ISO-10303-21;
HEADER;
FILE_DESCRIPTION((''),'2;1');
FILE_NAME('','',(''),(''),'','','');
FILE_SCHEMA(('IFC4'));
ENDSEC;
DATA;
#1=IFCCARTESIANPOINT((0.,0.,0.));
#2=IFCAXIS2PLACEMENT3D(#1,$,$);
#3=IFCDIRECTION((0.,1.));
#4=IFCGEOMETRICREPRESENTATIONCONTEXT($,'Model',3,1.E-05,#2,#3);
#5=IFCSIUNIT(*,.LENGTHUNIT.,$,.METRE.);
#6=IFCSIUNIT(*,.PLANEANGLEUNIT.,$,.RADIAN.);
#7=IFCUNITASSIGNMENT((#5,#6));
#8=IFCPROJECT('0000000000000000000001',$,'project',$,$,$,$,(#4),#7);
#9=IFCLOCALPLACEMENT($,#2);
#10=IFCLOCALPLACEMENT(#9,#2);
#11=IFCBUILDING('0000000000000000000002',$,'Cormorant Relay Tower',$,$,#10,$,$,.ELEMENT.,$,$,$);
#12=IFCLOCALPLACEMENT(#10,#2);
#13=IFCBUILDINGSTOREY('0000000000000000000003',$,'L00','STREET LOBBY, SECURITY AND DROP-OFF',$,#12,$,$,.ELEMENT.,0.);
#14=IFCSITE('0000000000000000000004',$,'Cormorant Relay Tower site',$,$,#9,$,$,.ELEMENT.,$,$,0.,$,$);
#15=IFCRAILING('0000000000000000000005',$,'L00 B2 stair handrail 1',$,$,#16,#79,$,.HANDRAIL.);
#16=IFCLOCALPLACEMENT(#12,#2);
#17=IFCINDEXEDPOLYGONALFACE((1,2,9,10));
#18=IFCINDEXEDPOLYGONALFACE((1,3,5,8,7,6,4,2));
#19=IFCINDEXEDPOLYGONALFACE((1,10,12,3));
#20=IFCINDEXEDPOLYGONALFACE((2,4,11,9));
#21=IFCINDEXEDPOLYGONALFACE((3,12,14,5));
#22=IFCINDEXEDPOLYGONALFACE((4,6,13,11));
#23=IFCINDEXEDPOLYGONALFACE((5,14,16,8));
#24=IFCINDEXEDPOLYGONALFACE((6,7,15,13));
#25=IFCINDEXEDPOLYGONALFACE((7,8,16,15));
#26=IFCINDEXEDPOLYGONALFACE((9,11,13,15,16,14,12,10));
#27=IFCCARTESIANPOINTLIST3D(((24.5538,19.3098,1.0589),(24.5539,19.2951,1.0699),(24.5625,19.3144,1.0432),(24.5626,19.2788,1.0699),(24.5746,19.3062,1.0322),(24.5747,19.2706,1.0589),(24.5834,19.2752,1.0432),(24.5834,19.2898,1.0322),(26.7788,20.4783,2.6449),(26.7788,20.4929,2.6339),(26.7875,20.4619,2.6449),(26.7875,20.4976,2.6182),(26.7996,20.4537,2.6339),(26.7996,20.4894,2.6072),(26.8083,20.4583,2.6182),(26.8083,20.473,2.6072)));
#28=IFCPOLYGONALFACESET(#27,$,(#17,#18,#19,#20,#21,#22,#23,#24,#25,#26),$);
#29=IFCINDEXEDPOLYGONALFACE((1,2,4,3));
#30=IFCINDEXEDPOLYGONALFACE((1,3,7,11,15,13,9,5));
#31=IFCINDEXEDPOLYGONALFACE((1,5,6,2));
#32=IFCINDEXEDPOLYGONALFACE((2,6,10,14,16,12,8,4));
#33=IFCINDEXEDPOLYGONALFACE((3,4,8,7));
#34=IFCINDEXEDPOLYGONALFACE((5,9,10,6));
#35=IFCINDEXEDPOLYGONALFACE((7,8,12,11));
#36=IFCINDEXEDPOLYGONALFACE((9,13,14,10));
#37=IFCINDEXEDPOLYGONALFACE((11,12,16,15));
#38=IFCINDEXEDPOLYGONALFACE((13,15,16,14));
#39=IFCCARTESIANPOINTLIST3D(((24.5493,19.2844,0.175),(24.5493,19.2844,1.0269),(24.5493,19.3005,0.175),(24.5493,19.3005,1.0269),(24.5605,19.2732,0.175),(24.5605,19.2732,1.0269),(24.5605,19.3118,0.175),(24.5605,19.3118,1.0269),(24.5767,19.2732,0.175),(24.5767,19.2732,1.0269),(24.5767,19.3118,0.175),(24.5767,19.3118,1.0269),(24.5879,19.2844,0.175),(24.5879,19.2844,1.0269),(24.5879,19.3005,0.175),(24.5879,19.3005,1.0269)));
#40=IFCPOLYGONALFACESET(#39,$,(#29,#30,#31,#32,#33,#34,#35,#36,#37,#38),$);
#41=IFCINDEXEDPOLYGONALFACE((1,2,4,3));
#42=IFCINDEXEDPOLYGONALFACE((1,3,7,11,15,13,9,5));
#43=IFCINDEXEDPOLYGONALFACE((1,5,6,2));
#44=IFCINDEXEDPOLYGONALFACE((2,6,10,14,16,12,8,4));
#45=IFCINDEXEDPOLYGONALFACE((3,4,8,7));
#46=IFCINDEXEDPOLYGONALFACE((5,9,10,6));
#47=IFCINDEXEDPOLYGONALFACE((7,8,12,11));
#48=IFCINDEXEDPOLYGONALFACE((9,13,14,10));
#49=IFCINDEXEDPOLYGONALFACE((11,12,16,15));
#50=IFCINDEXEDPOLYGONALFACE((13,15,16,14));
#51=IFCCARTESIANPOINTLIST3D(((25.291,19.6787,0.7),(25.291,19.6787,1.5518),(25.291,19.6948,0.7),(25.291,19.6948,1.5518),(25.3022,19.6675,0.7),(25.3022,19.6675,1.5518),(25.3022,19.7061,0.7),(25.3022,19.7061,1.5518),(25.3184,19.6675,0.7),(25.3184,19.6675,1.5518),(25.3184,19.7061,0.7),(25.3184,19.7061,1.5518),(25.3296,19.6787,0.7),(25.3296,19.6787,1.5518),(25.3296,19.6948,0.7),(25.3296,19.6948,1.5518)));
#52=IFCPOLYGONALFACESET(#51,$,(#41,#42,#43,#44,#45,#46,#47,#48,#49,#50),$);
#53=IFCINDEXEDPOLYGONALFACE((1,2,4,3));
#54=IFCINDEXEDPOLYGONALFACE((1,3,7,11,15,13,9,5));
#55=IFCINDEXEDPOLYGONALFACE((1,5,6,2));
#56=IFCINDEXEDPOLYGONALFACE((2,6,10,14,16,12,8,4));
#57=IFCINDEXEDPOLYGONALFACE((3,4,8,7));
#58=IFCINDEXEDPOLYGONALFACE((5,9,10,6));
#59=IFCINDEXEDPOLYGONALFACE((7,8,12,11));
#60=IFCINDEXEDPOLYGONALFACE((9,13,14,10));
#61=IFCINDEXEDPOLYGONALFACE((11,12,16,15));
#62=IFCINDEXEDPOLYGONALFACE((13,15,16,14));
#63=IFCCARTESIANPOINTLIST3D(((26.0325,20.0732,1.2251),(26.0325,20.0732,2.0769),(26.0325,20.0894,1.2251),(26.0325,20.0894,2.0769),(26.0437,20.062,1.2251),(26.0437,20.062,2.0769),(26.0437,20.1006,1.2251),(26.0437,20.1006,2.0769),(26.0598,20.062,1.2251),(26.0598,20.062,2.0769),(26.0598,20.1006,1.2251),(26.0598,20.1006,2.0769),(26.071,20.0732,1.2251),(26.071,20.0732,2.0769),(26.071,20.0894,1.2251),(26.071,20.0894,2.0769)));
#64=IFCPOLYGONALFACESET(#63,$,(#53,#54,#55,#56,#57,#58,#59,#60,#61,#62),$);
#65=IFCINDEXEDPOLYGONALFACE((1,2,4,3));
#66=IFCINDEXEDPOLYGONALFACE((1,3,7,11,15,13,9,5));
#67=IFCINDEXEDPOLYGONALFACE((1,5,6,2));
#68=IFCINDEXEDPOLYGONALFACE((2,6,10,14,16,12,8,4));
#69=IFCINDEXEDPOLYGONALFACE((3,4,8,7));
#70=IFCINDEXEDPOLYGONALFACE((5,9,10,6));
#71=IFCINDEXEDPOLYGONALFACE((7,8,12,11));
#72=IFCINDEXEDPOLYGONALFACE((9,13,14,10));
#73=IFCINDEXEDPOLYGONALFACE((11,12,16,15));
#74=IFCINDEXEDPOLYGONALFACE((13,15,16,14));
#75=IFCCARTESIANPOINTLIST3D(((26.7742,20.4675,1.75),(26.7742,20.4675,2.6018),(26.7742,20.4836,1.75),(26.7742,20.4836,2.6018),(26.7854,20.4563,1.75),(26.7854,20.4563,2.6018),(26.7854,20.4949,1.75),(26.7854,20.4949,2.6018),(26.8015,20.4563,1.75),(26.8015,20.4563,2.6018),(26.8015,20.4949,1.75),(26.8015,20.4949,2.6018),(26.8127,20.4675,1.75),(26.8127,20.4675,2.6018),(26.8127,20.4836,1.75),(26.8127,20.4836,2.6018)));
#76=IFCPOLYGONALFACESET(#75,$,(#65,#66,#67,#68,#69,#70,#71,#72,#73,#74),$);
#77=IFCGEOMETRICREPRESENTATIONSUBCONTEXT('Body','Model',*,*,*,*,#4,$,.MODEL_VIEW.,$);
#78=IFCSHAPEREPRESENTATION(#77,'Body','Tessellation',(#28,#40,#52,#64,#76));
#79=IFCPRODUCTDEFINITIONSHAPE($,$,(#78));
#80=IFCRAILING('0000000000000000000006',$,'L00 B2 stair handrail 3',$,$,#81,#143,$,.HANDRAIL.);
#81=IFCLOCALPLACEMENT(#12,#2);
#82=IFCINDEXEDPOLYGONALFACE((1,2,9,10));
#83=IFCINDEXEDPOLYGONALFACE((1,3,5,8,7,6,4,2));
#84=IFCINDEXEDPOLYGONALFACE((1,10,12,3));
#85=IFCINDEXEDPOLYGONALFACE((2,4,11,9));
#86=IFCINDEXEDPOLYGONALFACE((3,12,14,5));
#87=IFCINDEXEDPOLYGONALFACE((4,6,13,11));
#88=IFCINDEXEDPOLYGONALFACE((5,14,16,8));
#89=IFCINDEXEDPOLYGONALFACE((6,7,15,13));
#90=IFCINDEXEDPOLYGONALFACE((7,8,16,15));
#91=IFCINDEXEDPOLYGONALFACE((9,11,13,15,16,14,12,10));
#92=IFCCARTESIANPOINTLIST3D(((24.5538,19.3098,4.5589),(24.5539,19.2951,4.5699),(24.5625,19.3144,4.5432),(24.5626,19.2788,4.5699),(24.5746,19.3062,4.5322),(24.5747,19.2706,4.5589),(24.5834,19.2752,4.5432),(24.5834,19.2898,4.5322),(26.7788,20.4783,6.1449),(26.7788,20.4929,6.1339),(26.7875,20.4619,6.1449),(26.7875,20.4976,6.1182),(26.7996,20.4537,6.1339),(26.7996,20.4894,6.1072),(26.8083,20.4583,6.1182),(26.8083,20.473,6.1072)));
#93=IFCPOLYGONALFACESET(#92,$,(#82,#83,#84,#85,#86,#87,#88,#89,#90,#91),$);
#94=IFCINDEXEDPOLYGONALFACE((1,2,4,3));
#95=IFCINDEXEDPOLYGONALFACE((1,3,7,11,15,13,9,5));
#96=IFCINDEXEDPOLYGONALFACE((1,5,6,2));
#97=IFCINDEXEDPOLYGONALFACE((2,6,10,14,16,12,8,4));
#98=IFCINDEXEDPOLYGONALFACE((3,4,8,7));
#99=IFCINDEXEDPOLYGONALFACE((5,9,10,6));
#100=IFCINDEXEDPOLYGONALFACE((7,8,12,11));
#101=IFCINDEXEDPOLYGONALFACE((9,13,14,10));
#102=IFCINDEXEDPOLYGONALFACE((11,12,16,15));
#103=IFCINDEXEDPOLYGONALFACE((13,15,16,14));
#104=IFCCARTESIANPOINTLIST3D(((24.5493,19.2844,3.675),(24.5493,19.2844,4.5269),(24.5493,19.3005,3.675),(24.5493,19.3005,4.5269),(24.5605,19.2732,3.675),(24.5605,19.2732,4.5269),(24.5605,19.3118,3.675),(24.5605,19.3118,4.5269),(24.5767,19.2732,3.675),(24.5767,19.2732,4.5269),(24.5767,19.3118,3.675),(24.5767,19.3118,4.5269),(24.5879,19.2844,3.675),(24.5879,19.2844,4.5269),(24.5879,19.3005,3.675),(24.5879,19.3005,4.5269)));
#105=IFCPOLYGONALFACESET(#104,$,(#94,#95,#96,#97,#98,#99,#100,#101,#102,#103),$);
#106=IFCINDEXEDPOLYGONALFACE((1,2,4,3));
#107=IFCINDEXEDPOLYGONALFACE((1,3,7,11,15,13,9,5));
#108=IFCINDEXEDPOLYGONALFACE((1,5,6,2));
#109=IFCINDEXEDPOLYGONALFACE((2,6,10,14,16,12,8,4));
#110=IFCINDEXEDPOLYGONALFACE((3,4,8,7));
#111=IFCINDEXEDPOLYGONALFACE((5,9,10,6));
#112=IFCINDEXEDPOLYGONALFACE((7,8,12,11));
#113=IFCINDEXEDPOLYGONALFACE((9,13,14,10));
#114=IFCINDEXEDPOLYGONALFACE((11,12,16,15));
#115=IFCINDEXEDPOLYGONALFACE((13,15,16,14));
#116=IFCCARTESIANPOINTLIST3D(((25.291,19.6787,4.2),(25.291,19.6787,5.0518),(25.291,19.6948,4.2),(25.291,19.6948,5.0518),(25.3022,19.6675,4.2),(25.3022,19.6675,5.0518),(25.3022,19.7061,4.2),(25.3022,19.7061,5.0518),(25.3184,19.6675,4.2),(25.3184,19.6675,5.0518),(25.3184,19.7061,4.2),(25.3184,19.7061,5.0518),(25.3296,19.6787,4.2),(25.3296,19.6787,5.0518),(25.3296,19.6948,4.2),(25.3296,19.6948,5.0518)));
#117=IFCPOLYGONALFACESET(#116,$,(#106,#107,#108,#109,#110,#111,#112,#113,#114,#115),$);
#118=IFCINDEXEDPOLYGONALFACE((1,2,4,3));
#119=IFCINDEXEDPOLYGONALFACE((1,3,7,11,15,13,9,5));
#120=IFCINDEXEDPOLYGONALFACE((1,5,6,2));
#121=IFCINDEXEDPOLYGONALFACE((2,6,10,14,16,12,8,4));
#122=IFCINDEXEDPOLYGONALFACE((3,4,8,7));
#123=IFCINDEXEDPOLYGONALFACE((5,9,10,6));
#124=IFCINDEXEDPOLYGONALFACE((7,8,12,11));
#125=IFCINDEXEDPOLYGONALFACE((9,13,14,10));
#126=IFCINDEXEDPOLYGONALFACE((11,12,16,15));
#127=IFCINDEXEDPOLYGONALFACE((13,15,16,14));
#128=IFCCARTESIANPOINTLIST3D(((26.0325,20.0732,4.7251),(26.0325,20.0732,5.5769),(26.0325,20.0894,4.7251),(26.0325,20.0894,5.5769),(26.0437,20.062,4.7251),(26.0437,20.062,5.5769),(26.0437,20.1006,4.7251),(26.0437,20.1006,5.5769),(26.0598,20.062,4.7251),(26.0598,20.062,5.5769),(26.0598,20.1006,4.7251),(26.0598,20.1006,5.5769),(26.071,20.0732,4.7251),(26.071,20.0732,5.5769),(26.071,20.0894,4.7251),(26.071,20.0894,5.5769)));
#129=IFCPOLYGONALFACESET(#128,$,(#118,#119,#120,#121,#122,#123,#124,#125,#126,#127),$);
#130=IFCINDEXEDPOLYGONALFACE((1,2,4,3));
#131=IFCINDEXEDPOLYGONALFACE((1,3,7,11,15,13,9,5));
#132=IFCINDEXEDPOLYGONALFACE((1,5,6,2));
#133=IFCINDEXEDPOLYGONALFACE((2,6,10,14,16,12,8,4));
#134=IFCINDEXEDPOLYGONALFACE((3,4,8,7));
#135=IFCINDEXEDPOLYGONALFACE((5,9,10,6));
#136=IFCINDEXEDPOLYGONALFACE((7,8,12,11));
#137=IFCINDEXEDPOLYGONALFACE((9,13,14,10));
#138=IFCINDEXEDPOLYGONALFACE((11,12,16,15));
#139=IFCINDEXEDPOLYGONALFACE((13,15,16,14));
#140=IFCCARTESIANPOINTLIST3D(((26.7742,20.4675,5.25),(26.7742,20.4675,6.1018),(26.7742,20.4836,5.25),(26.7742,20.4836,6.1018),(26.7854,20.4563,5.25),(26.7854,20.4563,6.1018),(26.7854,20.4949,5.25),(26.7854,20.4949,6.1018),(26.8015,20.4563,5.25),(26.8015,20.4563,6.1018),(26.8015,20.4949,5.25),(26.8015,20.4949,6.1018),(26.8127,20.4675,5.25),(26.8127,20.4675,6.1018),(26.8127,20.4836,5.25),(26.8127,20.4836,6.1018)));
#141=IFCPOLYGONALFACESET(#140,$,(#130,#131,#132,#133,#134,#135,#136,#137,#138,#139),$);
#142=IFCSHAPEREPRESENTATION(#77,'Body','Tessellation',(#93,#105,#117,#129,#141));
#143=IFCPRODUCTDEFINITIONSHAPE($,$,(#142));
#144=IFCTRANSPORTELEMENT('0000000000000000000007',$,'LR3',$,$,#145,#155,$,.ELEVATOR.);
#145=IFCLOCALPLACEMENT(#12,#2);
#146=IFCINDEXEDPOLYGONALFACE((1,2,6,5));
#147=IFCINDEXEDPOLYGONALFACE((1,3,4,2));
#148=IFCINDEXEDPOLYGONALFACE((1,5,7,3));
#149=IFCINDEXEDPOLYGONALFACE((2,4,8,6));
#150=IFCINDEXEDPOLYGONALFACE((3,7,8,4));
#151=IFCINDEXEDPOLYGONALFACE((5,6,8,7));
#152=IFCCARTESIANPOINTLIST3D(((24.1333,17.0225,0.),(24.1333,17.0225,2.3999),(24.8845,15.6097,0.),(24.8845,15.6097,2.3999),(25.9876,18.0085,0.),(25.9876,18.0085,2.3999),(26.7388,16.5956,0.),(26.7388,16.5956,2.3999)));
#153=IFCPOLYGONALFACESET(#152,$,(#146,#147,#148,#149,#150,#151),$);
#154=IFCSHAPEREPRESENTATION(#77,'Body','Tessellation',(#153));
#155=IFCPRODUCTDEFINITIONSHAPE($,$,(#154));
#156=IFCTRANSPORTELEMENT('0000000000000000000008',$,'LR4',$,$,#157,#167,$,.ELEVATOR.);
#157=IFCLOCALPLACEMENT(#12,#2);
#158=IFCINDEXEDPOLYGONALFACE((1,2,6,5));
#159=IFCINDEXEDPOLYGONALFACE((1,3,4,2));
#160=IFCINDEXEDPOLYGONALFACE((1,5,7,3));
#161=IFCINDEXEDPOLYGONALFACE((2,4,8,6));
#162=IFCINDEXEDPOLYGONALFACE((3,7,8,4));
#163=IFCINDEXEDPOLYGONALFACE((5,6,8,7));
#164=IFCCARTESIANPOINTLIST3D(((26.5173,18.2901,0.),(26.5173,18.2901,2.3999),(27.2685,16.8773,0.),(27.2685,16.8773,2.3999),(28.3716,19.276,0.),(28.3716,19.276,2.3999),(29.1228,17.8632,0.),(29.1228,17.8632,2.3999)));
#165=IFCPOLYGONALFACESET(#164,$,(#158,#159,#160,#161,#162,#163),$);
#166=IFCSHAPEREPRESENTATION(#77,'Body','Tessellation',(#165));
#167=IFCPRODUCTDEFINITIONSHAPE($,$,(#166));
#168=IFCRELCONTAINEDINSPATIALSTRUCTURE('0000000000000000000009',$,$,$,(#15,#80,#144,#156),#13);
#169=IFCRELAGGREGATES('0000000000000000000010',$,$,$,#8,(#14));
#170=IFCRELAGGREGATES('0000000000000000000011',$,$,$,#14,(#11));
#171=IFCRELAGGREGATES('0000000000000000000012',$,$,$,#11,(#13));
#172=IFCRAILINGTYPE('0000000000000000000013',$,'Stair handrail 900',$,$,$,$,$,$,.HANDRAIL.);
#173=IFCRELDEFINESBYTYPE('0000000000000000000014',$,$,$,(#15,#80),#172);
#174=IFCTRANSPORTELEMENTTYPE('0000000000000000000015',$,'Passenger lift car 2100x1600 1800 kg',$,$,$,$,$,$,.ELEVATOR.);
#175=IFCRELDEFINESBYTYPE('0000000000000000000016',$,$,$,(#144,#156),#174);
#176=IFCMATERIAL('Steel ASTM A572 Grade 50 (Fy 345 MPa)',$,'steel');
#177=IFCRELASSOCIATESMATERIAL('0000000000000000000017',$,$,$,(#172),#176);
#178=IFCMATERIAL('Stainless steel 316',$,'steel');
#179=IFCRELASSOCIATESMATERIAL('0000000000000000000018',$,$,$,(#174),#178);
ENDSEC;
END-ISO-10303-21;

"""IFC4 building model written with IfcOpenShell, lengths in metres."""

from ifc_helpers import new_model, si_unit, direction, frame, origin, origin_2d, place, context, subcontext, project, spatial, polyline, rectangle, outline, extrude, material, type_object, element, save


model = new_model("IFC4")

# Units and contexts
model_context = context("Model", 3, precision=1e-05, world=origin(), true_north=direction((0.0, 1.0)))
body_context = subcontext(model_context, "Body", "Model", "MODEL_VIEW")
ifc_project = project(units=[si_unit("LENGTHUNIT", "METRE"), si_unit("PLANEANGLEUNIT", "RADIAN")], contexts=[model_context])

# Site, building, storey
site_placement = place(None, origin())
site = spatial("IfcSite", under=ifc_project, at=site_placement, Name="Cormorant Relay Tower site", CompositionType="ELEMENT", RefElevation=0.0)
building_placement = place(site_placement, origin())
building = spatial("IfcBuilding", under=site, at=building_placement, Name="Cormorant Relay Tower", CompositionType="ELEMENT")
storey_placement = place(building_placement, origin())
storey = spatial("IfcBuildingStorey", under=building, at=storey_placement, Name="L00", Description="STREET LOBBY, SECURITY AND DROP-OFF", CompositionType="ELEMENT", Elevation=0.0)

# Railings
ifc_material_1 = material(Name="Steel ASTM A572 Grade 50 (Fy 345 MPa)", Category="steel")
railing_type_1 = type_object("IfcRailingType", Name="Stair handrail 900", PredefinedType="HANDRAIL", material=ifc_material_1)
railing_1_placement = place(storey_placement, frame((24.5686, 19.2925, 0.175)))
element("IfcRailing", 1, at=railing_1_placement, inside=storey, type_object=railing_type_1, Name="L00 B2 stair handrail 1", PredefinedType="HANDRAIL", context=body_context, shape_type="SweptSolid", body=[
    extrude(outline(polyline([(0.0222, 0.0093), (0.0093, 0.0222), (-0.0093, 0.0222), (-0.0222, 0.0093), (-0.0222, -0.0093), (-0.0093, -0.0222), (0.0093, -0.0222), (0.0222, -0.0093), (0.0222, 0.0093)])), frame((0.0, 0.0, 0.876), z_axis=(0.748715, 0.398143, 0.530008), x_axis=(-0.469512, 0.882926, 0.0)), (0.0, 0.0, 1.0), 2.9717),
    extrude(outline(polyline([(0.0193, 0.0081), (0.0081, 0.0193), (-0.0081, 0.0193), (-0.0193, 0.0081), (-0.0193, -0.0081), (-0.0081, -0.0193), (0.0081, -0.0193), (0.0193, -0.0081), (0.0193, 0.0081)])), origin(), (0.0, 0.0, 1.0), 0.8518),
    extrude(outline(polyline([(0.0193, 0.0081), (0.0081, 0.0193), (-0.0081, 0.0193), (-0.0193, 0.0081), (-0.0193, -0.0081), (-0.0081, -0.0193), (0.0081, -0.0193), (0.0193, -0.0081), (0.0193, 0.0081)])), frame((0.7417, 0.3943, 0.5249)), (0.0, 0.0, 1.0), 0.8518),
    extrude(outline(polyline([(0.0193, 0.0081), (0.0081, 0.0193), (-0.0081, 0.0193), (-0.0193, 0.0081), (-0.0193, -0.0081), (-0.0081, -0.0193), (0.0081, -0.0193), (0.0193, -0.0081), (0.0193, 0.0081)])), frame((1.4832, 0.7888, 1.05)), (0.0, 0.0, 1.0), 0.8518),
    extrude(outline(polyline([(0.0193, 0.0081), (0.0081, 0.0193), (-0.0081, 0.0193), (-0.0193, 0.0081), (-0.0193, -0.0081), (-0.0081, -0.0193), (0.0081, -0.0193), (0.0193, -0.0081), (0.0193, 0.0081)])), frame((2.2249, 1.1831, 1.575)), (0.0, 0.0, 1.0), 0.8518),
])
railing_2_placement = place(storey_placement, frame((24.5686, 19.2925, 3.675)))
element("IfcRailing", 2, at=railing_2_placement, inside=storey, type_object=railing_type_1, Name="L00 B2 stair handrail 3", PredefinedType="HANDRAIL", context=body_context, shape_type="SweptSolid", body=[
    extrude(outline(polyline([(0.0222, 0.0093), (0.0093, 0.0222), (-0.0093, 0.0222), (-0.0222, 0.0093), (-0.0222, -0.0093), (-0.0093, -0.0222), (0.0093, -0.0222), (0.0222, -0.0093), (0.0222, 0.0093)])), frame((0.0, 0.0, 0.876), z_axis=(0.748715, 0.398143, 0.530008), x_axis=(-0.469512, 0.882926, 0.0)), (0.0, 0.0, 1.0), 2.9717),
    extrude(outline(polyline([(0.0193, 0.0081), (0.0081, 0.0193), (-0.0081, 0.0193), (-0.0193, 0.0081), (-0.0193, -0.0081), (-0.0081, -0.0193), (0.0081, -0.0193), (0.0193, -0.0081), (0.0193, 0.0081)])), origin(), (0.0, 0.0, 1.0), 0.8518),
    extrude(outline(polyline([(0.0193, 0.0081), (0.0081, 0.0193), (-0.0081, 0.0193), (-0.0193, 0.0081), (-0.0193, -0.0081), (-0.0081, -0.0193), (0.0081, -0.0193), (0.0193, -0.0081), (0.0193, 0.0081)])), frame((0.7417, 0.3943, 0.5249)), (0.0, 0.0, 1.0), 0.8518),
    extrude(outline(polyline([(0.0193, 0.0081), (0.0081, 0.0193), (-0.0081, 0.0193), (-0.0193, 0.0081), (-0.0193, -0.0081), (-0.0081, -0.0193), (0.0081, -0.0193), (0.0193, -0.0081), (0.0193, 0.0081)])), frame((1.4832, 0.7888, 1.05)), (0.0, 0.0, 1.0), 0.8518),
    extrude(outline(polyline([(0.0193, 0.0081), (0.0081, 0.0193), (-0.0081, 0.0193), (-0.0193, 0.0081), (-0.0193, -0.0081), (-0.0081, -0.0193), (0.0081, -0.0193), (0.0193, -0.0081), (0.0193, 0.0081)])), frame((2.2249, 1.1831, 1.575)), (0.0, 0.0, 1.0), 0.8518),
])

# Transport elements
ifc_material_2 = material(Name="Stainless steel 316", Category="steel")
transport_element_type = type_object("IfcTransportElementType", Name="Passenger lift car 2100x1600 1800 kg", PredefinedType="ELEVATOR", material=ifc_material_2)
for number, where, z_axis, x_axis, name in (
    (3, (25.436, 16.8091, 0.0), (0.0, 0.0, 1.0), (0.882948, 0.469472, 0.0), "LR3"),
    (4, (27.8201, 18.0767, 0.0), (0.0, 0.0, 1.0), (0.882948, 0.469472, 0.0), "LR4"),
):
    element("IfcTransportElement", number, at=place(storey_placement, frame(where, z_axis=z_axis, x_axis=x_axis)), inside=storey, type_object=transport_element_type, Name=name, PredefinedType="ELEVATOR", context=body_context, shape_type="SweptSolid", body=[
        extrude(rectangle(XDim=2.1001, YDim=1.6001, at=origin_2d()), origin(), (0.0, 0.0, 1.0), 2.3999),
    ])

save(model, "model.ifc")
